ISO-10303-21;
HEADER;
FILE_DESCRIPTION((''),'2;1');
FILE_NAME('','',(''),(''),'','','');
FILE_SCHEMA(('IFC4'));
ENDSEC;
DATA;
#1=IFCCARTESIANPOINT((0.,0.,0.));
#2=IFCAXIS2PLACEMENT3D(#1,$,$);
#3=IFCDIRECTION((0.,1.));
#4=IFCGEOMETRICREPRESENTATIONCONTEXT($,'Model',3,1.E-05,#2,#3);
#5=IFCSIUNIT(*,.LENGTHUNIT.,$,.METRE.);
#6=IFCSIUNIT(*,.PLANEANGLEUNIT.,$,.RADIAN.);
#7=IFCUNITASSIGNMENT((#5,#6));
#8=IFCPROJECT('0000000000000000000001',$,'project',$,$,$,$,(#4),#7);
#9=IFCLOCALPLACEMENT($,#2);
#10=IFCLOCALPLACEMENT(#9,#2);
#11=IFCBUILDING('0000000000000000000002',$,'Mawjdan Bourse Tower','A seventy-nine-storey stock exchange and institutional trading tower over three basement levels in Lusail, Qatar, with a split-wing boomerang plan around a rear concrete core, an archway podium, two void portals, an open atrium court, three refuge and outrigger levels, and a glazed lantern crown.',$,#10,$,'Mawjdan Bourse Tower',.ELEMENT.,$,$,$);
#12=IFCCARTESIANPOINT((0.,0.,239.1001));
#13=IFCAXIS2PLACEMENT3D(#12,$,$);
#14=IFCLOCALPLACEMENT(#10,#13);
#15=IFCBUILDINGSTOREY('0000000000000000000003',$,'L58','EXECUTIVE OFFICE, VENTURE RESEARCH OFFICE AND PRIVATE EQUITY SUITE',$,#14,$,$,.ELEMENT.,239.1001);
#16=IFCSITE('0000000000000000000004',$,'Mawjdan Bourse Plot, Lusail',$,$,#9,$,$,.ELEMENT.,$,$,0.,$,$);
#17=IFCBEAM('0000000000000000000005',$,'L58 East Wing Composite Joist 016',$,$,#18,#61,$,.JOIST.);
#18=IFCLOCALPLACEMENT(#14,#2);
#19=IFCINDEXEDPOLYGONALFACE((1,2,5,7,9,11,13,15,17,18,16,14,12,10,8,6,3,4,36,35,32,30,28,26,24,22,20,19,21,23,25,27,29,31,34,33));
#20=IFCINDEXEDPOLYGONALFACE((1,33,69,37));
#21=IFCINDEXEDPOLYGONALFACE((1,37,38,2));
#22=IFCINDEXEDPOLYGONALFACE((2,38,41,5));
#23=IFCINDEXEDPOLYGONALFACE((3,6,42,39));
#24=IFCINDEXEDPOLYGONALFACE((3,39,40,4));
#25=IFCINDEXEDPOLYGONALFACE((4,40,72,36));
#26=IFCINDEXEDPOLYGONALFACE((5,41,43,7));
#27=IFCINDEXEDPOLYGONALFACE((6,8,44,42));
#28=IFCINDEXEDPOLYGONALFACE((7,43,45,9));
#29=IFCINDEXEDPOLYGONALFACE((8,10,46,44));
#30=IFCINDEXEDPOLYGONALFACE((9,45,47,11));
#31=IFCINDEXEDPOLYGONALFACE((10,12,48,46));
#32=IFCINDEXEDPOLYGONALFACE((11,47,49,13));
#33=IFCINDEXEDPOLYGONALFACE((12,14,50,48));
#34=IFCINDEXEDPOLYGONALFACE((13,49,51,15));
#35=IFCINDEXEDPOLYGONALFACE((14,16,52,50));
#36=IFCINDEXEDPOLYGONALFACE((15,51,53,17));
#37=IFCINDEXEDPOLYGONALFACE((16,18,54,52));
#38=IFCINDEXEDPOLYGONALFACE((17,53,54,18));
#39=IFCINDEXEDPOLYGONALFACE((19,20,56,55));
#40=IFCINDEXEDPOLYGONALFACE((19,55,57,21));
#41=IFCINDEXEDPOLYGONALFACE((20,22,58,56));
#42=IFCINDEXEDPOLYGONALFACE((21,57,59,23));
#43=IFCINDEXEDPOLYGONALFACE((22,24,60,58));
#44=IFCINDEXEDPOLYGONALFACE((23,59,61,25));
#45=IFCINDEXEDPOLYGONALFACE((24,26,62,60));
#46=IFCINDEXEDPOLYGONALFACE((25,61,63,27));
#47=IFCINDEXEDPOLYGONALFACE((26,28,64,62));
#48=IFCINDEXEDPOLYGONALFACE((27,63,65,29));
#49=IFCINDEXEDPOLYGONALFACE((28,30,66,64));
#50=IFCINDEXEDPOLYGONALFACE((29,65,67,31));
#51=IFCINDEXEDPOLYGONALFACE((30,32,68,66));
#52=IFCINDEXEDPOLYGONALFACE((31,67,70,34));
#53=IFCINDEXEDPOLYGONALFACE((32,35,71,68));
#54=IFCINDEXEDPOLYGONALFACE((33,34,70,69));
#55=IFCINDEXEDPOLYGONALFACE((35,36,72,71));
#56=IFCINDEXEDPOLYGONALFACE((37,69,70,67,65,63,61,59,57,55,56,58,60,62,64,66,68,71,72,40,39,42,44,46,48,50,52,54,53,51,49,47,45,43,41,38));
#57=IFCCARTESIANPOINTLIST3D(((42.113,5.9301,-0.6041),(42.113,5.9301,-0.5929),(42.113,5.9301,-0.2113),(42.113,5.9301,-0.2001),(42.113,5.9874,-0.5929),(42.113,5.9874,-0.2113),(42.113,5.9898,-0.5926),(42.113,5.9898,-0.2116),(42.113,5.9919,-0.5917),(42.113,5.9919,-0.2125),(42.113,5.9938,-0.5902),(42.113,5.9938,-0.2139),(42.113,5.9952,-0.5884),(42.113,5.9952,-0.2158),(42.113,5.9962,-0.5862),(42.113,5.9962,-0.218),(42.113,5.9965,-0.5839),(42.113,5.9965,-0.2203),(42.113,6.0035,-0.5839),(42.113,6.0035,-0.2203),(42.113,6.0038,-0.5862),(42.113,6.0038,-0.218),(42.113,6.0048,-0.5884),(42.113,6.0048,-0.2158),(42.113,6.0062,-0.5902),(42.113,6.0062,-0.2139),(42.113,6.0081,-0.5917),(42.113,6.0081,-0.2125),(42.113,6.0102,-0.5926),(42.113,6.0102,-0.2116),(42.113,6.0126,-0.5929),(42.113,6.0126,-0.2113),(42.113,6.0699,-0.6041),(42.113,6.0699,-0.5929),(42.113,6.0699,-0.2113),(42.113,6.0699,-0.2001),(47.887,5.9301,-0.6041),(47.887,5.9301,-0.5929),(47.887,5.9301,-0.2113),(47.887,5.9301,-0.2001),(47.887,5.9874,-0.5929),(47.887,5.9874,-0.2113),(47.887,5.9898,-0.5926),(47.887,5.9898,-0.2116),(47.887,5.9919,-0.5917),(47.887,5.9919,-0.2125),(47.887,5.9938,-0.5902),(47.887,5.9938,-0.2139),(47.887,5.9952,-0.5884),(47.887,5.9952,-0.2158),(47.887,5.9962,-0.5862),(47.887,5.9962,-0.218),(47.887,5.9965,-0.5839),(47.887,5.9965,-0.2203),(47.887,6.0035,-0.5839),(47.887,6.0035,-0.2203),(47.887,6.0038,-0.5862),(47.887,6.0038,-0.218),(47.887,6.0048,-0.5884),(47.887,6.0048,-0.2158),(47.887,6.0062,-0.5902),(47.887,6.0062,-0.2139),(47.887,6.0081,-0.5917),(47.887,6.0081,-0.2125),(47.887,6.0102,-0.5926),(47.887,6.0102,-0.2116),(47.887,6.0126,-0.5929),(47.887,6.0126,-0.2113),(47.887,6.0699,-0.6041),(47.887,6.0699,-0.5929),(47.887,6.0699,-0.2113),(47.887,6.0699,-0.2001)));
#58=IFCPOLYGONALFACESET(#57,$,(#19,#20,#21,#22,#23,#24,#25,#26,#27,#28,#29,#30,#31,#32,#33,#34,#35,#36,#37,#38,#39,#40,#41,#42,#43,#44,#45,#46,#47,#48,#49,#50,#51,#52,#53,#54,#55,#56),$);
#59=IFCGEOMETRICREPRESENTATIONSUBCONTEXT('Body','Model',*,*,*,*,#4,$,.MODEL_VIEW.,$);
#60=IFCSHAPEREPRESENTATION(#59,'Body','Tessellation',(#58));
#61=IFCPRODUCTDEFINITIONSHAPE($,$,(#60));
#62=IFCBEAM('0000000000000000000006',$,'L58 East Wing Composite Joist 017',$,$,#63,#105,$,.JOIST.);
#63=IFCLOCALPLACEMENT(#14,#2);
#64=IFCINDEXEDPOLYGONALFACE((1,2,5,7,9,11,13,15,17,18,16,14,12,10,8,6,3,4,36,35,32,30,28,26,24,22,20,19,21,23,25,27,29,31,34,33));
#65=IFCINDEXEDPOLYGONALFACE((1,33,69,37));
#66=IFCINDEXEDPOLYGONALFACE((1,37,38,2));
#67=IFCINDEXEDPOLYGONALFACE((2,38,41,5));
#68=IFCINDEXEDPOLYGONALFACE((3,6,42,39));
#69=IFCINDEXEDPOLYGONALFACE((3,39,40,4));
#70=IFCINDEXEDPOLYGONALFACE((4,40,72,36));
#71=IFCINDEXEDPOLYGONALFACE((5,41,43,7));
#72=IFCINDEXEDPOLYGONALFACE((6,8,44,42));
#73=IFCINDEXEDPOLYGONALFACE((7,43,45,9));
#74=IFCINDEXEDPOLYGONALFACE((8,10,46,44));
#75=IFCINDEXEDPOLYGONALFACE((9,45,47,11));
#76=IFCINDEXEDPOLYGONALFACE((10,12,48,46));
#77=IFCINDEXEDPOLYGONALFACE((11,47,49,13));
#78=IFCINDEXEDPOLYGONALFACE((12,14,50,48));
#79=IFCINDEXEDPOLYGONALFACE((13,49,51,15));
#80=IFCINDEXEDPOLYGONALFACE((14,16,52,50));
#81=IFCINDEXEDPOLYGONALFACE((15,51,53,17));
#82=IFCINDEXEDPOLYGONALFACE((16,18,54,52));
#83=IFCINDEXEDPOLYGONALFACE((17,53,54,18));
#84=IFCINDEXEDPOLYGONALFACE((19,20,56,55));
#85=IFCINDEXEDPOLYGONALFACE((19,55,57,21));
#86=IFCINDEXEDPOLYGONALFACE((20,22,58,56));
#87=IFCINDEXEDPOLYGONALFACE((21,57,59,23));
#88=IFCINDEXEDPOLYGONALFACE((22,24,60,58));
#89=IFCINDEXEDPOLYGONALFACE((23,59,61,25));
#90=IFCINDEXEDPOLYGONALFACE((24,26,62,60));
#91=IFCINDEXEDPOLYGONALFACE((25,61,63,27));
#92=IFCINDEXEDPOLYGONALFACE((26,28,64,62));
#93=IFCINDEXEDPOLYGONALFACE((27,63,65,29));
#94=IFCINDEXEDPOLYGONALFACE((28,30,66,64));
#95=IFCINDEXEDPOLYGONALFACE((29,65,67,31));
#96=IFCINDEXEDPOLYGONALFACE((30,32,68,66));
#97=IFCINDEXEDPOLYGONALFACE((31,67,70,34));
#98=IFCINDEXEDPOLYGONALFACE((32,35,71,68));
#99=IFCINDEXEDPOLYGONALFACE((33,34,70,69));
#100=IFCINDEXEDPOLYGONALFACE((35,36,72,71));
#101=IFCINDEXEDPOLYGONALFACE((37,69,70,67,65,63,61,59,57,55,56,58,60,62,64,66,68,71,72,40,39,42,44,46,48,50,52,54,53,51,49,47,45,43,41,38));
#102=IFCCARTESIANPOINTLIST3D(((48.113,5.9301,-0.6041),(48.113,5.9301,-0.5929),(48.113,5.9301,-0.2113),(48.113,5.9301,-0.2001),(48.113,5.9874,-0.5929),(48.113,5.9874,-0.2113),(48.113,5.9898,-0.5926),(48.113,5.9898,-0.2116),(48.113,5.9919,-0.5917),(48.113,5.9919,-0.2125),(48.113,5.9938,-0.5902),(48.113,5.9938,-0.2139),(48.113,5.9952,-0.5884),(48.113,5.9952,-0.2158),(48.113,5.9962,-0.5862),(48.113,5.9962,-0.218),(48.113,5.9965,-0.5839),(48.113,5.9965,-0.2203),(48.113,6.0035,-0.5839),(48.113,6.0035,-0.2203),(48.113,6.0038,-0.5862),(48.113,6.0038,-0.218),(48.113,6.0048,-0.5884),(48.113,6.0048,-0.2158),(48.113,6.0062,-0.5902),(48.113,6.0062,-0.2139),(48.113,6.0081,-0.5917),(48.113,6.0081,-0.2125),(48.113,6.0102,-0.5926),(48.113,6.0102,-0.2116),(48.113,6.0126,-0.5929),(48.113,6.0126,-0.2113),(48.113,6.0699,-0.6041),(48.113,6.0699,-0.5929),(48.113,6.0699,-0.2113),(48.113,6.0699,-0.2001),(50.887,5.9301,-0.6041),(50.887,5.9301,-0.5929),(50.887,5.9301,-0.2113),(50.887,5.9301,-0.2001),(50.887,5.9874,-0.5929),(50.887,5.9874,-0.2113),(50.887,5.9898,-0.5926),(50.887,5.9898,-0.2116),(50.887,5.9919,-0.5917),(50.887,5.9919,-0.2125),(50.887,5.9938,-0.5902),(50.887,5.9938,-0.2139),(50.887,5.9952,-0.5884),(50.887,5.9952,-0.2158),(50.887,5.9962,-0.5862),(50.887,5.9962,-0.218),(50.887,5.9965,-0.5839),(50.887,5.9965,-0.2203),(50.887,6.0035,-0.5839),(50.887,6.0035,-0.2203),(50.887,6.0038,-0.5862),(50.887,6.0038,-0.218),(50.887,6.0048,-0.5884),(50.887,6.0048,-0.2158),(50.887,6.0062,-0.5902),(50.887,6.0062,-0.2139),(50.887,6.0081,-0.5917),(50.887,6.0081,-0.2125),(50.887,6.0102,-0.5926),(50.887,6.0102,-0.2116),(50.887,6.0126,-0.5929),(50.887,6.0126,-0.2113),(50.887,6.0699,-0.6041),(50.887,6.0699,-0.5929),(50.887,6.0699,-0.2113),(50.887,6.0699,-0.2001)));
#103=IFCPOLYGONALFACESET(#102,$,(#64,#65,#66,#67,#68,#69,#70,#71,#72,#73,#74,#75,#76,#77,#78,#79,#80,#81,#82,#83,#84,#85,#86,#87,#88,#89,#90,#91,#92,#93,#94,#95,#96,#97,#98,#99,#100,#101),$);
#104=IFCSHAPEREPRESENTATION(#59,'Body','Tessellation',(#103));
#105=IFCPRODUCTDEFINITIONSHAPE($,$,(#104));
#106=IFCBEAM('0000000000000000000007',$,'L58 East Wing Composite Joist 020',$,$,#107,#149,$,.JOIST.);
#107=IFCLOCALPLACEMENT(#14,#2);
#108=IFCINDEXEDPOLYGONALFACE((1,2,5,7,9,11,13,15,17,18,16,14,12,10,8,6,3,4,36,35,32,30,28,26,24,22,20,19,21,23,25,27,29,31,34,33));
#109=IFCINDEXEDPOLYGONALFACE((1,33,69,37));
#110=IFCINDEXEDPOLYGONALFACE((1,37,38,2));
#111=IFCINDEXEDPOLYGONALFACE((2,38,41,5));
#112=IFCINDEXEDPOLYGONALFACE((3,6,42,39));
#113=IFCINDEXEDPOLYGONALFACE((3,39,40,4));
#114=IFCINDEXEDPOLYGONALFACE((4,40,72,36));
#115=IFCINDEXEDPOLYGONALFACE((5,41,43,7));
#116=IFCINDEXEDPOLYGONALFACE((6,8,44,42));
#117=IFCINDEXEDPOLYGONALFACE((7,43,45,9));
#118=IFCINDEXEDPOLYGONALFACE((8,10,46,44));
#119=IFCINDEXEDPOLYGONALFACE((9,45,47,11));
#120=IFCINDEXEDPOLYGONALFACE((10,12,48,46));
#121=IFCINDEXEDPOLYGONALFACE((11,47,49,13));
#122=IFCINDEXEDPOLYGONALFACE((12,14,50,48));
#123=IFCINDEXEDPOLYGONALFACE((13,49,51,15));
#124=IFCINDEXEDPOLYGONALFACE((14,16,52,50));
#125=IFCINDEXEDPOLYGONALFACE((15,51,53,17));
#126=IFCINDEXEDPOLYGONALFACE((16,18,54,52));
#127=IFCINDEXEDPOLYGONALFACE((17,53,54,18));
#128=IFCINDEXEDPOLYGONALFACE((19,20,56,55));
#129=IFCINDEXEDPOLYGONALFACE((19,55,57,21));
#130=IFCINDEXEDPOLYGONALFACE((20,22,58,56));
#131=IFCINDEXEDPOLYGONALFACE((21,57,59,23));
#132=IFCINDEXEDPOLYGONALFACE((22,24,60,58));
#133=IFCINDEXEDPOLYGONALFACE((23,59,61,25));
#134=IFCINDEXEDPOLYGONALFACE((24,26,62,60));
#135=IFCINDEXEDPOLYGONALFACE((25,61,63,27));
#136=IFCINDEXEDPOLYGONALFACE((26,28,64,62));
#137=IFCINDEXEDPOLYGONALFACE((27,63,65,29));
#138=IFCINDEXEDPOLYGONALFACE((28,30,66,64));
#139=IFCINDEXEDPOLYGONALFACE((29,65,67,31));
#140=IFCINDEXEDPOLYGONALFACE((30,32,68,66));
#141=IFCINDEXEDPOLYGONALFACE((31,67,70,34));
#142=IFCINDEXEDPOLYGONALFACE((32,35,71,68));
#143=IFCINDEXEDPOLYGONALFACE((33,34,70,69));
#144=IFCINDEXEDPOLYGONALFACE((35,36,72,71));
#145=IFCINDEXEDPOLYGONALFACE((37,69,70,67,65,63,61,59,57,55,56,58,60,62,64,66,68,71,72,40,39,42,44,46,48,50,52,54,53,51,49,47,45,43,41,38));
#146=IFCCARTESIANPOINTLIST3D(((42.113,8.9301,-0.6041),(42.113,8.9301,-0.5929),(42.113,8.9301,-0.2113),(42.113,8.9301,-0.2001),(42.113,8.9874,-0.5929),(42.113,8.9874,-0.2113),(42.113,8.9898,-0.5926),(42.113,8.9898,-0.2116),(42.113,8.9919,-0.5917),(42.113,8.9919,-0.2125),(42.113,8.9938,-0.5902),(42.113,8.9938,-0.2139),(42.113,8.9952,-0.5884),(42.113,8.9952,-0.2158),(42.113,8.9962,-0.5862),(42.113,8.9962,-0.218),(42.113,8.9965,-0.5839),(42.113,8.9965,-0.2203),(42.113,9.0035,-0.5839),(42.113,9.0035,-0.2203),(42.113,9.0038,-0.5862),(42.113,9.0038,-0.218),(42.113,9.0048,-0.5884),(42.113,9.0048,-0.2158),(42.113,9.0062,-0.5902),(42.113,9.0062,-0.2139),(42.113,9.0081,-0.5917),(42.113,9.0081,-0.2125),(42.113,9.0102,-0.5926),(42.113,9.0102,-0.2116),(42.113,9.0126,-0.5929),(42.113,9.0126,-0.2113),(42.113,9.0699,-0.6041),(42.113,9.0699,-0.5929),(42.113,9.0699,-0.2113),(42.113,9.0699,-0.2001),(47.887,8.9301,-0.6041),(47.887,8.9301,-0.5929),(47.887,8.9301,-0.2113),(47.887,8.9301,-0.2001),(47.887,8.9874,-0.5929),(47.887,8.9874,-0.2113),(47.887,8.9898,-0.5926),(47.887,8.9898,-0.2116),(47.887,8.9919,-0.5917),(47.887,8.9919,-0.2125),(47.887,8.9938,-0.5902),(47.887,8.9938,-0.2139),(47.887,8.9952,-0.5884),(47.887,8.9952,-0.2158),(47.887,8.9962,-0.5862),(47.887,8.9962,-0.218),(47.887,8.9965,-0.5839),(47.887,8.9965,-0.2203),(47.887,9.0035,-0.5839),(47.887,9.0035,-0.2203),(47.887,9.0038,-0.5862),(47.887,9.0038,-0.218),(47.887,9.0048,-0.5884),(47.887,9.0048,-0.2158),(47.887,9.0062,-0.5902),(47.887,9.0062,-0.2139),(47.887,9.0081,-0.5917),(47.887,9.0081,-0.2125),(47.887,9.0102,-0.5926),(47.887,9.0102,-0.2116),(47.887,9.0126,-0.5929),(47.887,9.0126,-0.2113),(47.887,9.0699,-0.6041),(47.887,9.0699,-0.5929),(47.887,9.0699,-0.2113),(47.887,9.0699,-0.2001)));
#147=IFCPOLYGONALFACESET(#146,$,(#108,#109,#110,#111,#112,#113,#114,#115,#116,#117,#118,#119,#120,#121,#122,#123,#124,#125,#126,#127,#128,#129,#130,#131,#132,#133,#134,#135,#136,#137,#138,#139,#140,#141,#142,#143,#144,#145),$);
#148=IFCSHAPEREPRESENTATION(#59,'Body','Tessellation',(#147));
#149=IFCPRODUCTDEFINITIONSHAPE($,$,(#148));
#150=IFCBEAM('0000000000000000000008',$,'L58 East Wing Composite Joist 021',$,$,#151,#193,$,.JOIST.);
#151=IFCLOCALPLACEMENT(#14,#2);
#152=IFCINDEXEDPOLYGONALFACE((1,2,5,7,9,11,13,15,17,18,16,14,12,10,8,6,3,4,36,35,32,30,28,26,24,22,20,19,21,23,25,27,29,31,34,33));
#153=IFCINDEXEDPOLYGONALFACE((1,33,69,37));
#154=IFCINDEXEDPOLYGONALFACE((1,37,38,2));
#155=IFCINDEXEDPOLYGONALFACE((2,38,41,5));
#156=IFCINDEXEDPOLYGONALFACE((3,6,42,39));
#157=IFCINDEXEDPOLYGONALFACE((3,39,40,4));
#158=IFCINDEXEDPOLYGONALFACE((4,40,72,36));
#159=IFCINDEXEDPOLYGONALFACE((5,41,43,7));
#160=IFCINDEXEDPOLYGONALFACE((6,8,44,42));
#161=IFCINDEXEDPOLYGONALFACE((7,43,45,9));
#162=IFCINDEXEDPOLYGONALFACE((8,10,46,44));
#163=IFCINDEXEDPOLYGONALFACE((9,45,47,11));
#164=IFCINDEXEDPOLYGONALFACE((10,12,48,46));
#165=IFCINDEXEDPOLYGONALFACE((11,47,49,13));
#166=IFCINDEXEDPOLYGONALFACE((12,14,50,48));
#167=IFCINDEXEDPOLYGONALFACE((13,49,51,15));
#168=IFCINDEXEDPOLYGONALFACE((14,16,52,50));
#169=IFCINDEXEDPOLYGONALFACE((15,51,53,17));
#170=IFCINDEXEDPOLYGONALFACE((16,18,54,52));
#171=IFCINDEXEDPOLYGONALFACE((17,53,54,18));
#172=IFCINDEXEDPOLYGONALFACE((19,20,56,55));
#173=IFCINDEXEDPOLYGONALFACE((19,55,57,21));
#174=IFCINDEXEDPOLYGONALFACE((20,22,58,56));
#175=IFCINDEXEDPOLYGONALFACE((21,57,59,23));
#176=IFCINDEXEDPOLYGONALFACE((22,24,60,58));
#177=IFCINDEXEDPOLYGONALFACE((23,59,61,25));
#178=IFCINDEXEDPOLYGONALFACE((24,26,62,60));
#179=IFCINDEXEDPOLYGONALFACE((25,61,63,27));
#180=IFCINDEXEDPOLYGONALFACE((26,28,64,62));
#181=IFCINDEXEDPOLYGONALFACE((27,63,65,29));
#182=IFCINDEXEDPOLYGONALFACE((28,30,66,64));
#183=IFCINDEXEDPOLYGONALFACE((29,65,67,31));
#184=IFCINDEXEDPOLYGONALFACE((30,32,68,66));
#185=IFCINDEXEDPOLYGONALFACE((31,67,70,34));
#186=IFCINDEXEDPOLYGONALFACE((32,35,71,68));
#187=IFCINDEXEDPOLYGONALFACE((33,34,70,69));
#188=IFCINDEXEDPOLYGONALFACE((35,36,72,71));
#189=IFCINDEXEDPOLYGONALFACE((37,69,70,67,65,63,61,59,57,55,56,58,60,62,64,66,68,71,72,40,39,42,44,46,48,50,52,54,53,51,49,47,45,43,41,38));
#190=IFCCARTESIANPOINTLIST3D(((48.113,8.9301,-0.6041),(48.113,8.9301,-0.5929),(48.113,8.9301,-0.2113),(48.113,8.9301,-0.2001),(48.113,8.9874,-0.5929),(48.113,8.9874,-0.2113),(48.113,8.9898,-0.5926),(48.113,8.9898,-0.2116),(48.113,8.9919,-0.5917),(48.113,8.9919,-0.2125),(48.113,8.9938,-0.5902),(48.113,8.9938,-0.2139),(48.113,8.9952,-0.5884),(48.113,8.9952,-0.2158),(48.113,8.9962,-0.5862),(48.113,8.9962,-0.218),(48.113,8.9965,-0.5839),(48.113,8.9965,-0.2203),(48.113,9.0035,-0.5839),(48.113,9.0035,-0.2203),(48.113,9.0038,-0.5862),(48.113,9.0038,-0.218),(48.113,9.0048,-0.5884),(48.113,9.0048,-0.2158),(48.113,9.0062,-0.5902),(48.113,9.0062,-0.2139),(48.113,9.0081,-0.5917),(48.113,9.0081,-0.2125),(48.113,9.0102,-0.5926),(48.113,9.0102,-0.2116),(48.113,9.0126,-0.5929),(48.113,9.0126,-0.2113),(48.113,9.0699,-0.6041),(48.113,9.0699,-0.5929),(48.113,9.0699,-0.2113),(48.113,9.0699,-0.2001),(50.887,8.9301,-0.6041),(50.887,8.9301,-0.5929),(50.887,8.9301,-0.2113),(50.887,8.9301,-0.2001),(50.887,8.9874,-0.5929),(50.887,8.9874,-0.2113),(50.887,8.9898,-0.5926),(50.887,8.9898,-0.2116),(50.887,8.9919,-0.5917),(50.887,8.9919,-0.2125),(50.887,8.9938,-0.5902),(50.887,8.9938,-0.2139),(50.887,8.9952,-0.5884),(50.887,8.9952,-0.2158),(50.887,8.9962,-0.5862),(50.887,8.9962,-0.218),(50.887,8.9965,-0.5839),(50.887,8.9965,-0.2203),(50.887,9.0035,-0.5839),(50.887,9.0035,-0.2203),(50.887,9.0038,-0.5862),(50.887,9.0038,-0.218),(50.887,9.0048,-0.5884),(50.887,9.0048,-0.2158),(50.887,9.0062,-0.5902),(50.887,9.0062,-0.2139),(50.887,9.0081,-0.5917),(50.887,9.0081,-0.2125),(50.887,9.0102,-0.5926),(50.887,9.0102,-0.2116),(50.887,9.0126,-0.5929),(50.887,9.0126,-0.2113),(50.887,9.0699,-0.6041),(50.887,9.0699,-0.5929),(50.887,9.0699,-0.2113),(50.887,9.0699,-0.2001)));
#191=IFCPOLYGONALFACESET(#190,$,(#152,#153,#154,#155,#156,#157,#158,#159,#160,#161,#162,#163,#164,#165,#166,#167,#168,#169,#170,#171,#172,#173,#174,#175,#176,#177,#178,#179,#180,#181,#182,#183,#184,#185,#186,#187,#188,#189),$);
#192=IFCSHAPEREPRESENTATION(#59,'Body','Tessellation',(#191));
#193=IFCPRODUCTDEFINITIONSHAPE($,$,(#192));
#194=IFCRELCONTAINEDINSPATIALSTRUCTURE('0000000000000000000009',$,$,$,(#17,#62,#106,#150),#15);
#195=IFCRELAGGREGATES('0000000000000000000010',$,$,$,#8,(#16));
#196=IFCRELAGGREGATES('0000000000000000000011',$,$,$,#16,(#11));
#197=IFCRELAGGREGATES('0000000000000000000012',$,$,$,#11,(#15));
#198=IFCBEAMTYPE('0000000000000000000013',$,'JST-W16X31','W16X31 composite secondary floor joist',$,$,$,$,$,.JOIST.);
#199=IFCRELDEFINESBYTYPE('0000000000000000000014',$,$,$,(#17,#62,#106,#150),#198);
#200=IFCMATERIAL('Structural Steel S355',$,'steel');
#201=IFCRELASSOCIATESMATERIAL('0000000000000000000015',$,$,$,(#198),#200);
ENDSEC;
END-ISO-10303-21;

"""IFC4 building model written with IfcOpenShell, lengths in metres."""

from ifc_helpers import new_model, si_unit, direction, frame, origin, origin_2d, place, context, subcontext, project, spatial, i_section, extrude, material, material_profile, profile_set, type_object, element, save


model = new_model("IFC4")

# Units and contexts
model_context = context("Model", 3, precision=1e-05, world=origin(), true_north=direction((0.0, 1.0)))
body_context = subcontext(model_context, "Body", "Model", "MODEL_VIEW")
ifc_project = project(units=[si_unit("LENGTHUNIT", "METRE"), si_unit("PLANEANGLEUNIT", "RADIAN")], contexts=[model_context])

# Site, building, storey
site_placement = place(None, origin())
site = spatial("IfcSite", under=ifc_project, at=site_placement, Name="Mawjdan Bourse Plot, Lusail", CompositionType="ELEMENT", RefElevation=0.0)
building_placement = place(site_placement, origin())
building = spatial("IfcBuilding", under=site, at=building_placement, Name="Mawjdan Bourse Tower", Description="A seventy-nine-storey stock exchange and institutional trading tower over three basement levels in Lusail, Qatar, with a split-wing boomerang plan around a rear concrete core, an archway podium, two void portals, an open atrium court, three refuge and outrigger levels, and a glazed lantern crown.", LongName="Mawjdan Bourse Tower", CompositionType="ELEMENT")
storey_placement = place(building_placement, frame((0.0, 0.0, 239.1001)))
storey = spatial("IfcBuildingStorey", under=building, at=storey_placement, Name="L58", Description="EXECUTIVE OFFICE, VENTURE RESEARCH OFFICE AND PRIVATE EQUITY SUITE", CompositionType="ELEMENT", Elevation=239.1001)

# Beams
ifc_material_1 = material(Name="Structural Steel S355", Category="steel")
ifc_material_profile_1 = material_profile(ifc_material_1, i_section(OverallWidth=0.1399, OverallDepth=0.4041, WebThickness=0.0071, FlangeThickness=0.0112, FilletRadius=0.009, at=origin_2d()), Name="W16X31")
ifc_profile_set_1 = profile_set([ifc_material_profile_1], Name="Structural Steel S355")
beam_type_1 = type_object("IfcBeamType", Name="JST-W16X31", Description="W16X31 composite secondary floor joist", PredefinedType="JOIST", material=ifc_profile_set_1)
beam_1_placement = place(storey_placement, frame((42.113, 6.0, -0.4021), z_axis=(1.0, 0.0, 0.0), x_axis=(0.0, 1.0, 0.0)))
element("IfcBeam", 1, at=beam_1_placement, inside=storey, type_object=beam_type_1, Name="L58 East Wing Composite Joist 016", PredefinedType="JOIST", context=body_context, shape_type="SweptSolid", body=[
    extrude(i_section(OverallWidth=0.1399, OverallDepth=0.4041, WebThickness=0.0071, FlangeThickness=0.0112, FilletRadius=0.009, at=origin_2d()), origin(), (0.0, 0.0, 1.0), 5.7739),
])
beam_2_placement = place(storey_placement, frame((48.113, 6.0, -0.4021), z_axis=(1.0, 0.0, 0.0), x_axis=(0.0, 1.0, 0.0)))
element("IfcBeam", 2, at=beam_2_placement, inside=storey, type_object=beam_type_1, Name="L58 East Wing Composite Joist 017", PredefinedType="JOIST", context=body_context, shape_type="SweptSolid", body=[
    extrude(i_section(OverallWidth=0.1399, OverallDepth=0.4041, WebThickness=0.0071, FlangeThickness=0.0112, FilletRadius=0.009, at=origin_2d()), origin(), (0.0, 0.0, 1.0), 2.7739),
])
beam_3_placement = place(storey_placement, frame((42.113, 9.0, -0.4021), z_axis=(1.0, 0.0, 0.0), x_axis=(0.0, 1.0, 0.0)))
element("IfcBeam", 3, at=beam_3_placement, inside=storey, type_object=beam_type_1, Name="L58 East Wing Composite Joist 020", PredefinedType="JOIST", context=body_context, shape_type="SweptSolid", body=[
    extrude(i_section(OverallWidth=0.1399, OverallDepth=0.4041, WebThickness=0.0071, FlangeThickness=0.0112, FilletRadius=0.009, at=origin_2d()), origin(), (0.0, 0.0, 1.0), 5.7739),
])
beam_4_placement = place(storey_placement, frame((48.113, 9.0, -0.4021), z_axis=(1.0, 0.0, 0.0), x_axis=(0.0, 1.0, 0.0)))
element("IfcBeam", 4, at=beam_4_placement, inside=storey, type_object=beam_type_1, Name="L58 East Wing Composite Joist 021", PredefinedType="JOIST", context=body_context, shape_type="SweptSolid", body=[
    extrude(i_section(OverallWidth=0.1399, OverallDepth=0.4041, WebThickness=0.0071, FlangeThickness=0.0112, FilletRadius=0.009, at=origin_2d()), origin(), (0.0, 0.0, 1.0), 2.7739),
])

save(model, "model.ifc")
